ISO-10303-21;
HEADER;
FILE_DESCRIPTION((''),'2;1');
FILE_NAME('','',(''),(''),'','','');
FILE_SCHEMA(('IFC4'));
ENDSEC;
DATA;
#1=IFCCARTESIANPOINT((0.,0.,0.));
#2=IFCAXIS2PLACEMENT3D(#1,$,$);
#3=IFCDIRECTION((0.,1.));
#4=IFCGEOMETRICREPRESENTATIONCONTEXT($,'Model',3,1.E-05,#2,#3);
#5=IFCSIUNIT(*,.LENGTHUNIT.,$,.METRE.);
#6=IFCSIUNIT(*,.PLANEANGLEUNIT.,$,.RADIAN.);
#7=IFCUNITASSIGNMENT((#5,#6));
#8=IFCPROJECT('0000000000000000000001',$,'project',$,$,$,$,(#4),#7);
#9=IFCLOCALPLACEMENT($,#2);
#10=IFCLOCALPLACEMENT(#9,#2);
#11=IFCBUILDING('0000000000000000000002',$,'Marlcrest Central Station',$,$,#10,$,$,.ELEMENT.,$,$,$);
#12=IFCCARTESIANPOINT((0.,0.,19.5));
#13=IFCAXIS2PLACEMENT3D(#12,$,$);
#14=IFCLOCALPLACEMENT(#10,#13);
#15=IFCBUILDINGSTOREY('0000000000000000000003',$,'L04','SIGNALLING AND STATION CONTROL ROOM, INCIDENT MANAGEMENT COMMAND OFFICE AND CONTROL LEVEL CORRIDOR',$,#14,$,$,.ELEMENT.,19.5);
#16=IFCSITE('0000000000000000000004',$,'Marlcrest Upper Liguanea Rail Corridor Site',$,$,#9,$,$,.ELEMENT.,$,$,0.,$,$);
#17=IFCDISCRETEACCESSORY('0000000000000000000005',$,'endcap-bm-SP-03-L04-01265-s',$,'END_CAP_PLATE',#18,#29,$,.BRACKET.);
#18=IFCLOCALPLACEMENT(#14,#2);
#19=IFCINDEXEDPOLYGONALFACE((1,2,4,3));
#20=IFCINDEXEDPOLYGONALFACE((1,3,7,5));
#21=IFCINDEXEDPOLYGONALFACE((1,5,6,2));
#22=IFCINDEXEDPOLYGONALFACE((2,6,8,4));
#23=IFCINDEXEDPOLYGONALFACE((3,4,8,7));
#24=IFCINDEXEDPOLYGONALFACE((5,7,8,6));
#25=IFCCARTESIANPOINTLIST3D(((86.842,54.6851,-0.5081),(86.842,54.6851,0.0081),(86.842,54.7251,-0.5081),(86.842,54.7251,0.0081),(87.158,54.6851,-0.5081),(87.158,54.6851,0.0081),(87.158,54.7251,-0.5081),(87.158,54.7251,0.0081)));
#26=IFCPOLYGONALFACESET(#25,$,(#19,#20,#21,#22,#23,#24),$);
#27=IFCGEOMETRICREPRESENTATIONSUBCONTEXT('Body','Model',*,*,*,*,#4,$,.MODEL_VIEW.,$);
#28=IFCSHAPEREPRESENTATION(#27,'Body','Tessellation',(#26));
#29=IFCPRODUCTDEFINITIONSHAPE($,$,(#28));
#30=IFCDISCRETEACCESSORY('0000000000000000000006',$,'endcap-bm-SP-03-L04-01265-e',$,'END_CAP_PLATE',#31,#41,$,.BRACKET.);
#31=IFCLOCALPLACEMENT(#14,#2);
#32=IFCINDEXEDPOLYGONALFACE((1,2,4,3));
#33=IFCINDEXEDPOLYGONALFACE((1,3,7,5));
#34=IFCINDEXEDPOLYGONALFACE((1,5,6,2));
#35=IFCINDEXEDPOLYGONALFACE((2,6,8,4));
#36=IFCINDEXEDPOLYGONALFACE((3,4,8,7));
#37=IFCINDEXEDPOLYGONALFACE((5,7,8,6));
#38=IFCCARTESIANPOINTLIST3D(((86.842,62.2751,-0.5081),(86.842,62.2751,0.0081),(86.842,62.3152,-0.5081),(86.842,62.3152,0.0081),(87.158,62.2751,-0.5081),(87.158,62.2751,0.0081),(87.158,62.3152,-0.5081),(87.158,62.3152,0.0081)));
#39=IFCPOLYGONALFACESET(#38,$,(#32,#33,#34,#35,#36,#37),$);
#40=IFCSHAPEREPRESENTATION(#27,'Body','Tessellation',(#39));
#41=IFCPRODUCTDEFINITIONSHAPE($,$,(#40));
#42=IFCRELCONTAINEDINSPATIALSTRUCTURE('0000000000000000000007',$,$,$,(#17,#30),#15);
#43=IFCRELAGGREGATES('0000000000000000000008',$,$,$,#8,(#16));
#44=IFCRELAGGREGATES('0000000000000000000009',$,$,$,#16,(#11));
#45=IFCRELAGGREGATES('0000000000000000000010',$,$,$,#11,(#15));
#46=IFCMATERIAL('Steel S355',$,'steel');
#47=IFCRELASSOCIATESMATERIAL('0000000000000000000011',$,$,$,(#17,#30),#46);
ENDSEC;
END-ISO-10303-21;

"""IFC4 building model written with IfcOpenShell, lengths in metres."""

from ifc_helpers import new_model, si_unit, direction, frame, origin, origin_2d, place, context, subcontext, project, spatial, rectangle, extrude, material, element, save


model = new_model("IFC4")

# Units and contexts
model_context = context("Model", 3, precision=1e-05, world=origin(), true_north=direction((0.0, 1.0)))
body_context = subcontext(model_context, "Body", "Model", "MODEL_VIEW")
ifc_project = project(units=[si_unit("LENGTHUNIT", "METRE"), si_unit("PLANEANGLEUNIT", "RADIAN")], contexts=[model_context])

# Site, building, storey
site_placement = place(None, origin())
site = spatial("IfcSite", under=ifc_project, at=site_placement, Name="Marlcrest Upper Liguanea Rail Corridor Site", CompositionType="ELEMENT", RefElevation=0.0)
building_placement = place(site_placement, origin())
building = spatial("IfcBuilding", under=site, at=building_placement, Name="Marlcrest Central Station", CompositionType="ELEMENT")
storey_placement = place(building_placement, frame((0.0, 0.0, 19.5)))
storey = spatial("IfcBuildingStorey", under=building, at=storey_placement, Name="L04", Description="SIGNALLING AND STATION CONTROL ROOM, INCIDENT MANAGEMENT COMMAND OFFICE AND CONTROL LEVEL CORRIDOR", CompositionType="ELEMENT", Elevation=19.5)

# Shared definitions
ifc_material_1 = material(Name="Steel S355", Category="steel")

# Discrete accessories
for number, where, z_axis, x_axis, name in (
    (1, (87.0, 54.6851, -0.25), (0.0, 1.0, 0.0), (-1.0, 0.0, 0.0), "endcap-bm-SP-03-L04-01265-s"),
    (2, (87.0, 62.2751, -0.25), (0.0, 1.0, 0.0), (-1.0, 0.0, 0.0), "endcap-bm-SP-03-L04-01265-e"),
):
    element("IfcDiscreteAccessory", number, at=place(storey_placement, frame(where, z_axis=z_axis, x_axis=x_axis)), inside=storey, material=ifc_material_1, Name=name, ObjectType="END_CAP_PLATE", PredefinedType="BRACKET", context=body_context, shape_type="SweptSolid", body=[
        extrude(rectangle(XDim=0.3159, YDim=0.5161, at=origin_2d()), origin(), (0.0, 0.0, 1.0), 0.04),
    ])

save(model, "model.ifc")
